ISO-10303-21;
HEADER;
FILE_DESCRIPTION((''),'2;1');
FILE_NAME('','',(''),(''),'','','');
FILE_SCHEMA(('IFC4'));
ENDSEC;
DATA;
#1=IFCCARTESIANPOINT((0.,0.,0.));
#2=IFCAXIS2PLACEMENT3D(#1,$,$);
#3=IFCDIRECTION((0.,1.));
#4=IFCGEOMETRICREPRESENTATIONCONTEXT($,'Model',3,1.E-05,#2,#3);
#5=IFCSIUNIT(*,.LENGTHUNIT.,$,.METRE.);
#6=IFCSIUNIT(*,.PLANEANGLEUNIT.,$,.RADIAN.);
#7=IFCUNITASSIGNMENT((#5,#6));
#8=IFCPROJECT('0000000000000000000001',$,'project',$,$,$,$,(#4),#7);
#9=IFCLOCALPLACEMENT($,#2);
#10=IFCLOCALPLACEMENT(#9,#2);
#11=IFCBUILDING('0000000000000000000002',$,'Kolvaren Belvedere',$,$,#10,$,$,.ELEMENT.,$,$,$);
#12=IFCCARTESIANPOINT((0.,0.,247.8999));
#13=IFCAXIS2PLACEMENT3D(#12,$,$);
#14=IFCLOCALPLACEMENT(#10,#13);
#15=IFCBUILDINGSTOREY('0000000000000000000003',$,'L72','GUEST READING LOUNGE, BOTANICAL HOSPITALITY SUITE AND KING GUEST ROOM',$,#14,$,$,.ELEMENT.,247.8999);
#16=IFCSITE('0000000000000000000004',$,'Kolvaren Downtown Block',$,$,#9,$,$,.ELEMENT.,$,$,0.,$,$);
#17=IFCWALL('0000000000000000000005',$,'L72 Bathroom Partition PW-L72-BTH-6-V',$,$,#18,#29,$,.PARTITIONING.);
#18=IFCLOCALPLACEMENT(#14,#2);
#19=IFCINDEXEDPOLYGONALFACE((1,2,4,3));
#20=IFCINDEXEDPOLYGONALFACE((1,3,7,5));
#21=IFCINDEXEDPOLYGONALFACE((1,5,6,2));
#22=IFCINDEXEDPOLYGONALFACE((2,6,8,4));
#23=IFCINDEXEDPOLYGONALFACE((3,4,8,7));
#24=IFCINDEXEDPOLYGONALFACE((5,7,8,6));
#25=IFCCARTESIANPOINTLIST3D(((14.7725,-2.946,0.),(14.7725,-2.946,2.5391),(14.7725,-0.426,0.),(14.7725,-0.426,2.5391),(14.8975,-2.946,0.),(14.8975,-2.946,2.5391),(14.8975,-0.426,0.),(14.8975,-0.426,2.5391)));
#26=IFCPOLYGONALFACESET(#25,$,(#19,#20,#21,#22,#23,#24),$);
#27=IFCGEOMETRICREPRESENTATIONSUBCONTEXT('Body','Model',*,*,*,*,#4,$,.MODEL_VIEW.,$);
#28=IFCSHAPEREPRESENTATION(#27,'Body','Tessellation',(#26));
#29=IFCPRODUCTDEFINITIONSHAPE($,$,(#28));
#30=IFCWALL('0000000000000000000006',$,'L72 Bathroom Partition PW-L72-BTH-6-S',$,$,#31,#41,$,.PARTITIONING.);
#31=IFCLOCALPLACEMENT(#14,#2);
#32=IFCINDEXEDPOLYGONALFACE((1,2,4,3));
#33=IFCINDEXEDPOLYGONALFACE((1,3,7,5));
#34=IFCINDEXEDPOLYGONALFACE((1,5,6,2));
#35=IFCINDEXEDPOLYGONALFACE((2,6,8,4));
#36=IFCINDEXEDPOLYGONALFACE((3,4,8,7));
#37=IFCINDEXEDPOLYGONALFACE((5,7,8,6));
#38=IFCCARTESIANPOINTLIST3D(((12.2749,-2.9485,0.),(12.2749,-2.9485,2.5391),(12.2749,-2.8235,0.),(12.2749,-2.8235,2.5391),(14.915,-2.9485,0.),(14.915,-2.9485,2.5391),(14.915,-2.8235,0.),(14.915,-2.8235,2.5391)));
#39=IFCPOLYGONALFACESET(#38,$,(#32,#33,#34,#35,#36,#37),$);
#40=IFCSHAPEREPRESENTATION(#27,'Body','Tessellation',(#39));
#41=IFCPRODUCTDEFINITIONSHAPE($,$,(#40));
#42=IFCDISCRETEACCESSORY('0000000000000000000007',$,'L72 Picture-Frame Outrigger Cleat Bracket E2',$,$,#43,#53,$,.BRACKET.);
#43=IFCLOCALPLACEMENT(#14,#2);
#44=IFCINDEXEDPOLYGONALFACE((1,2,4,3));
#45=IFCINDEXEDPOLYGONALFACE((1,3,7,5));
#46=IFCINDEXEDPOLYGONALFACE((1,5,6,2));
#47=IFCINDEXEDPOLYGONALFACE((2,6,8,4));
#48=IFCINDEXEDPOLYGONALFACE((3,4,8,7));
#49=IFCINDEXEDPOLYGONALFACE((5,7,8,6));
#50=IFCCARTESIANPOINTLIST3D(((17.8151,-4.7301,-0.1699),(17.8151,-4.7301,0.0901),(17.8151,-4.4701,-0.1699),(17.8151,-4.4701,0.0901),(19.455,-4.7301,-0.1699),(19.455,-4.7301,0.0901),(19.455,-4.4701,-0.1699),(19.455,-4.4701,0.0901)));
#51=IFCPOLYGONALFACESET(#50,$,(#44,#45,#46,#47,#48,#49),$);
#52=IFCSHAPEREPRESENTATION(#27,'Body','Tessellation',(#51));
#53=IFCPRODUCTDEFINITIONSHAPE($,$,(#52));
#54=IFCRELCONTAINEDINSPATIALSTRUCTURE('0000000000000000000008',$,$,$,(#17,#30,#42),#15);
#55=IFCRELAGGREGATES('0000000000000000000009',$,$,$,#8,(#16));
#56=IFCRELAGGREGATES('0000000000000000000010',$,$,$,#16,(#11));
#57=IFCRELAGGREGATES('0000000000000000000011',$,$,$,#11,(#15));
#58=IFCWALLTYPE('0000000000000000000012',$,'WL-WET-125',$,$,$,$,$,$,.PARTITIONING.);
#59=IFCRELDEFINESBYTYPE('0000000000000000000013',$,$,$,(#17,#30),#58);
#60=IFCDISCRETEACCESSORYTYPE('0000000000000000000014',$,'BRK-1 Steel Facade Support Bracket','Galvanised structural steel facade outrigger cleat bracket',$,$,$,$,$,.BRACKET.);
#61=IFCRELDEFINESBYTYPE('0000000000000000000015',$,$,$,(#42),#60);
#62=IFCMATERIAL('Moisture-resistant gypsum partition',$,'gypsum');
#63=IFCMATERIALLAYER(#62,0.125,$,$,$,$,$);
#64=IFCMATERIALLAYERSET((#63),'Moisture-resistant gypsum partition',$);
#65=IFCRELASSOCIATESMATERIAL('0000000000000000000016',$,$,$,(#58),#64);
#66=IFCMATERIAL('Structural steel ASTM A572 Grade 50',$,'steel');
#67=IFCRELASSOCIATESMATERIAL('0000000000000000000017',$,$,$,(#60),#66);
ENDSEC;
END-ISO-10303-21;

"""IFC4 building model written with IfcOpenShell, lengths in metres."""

from ifc_helpers import new_model, si_unit, direction, frame, frame_2d, origin, origin_2d, place, context, subcontext, project, spatial, rectangle, extrude, material, layer, layer_set, type_object, element, save


model = new_model("IFC4")

# Units and contexts
model_context = context("Model", 3, precision=1e-05, world=origin(), true_north=direction((0.0, 1.0)))
body_context = subcontext(model_context, "Body", "Model", "MODEL_VIEW")
ifc_project = project(units=[si_unit("LENGTHUNIT", "METRE"), si_unit("PLANEANGLEUNIT", "RADIAN")], contexts=[model_context])

# Site, building, storey
site_placement = place(None, origin())
site = spatial("IfcSite", under=ifc_project, at=site_placement, Name="Kolvaren Downtown Block", CompositionType="ELEMENT", RefElevation=0.0)
building_placement = place(site_placement, origin())
building = spatial("IfcBuilding", under=site, at=building_placement, Name="Kolvaren Belvedere", CompositionType="ELEMENT")
storey_placement = place(building_placement, frame((0.0, 0.0, 247.8999)))
storey = spatial("IfcBuildingStorey", under=building, at=storey_placement, Name="L72", Description="GUEST READING LOUNGE, BOTANICAL HOSPITALITY SUITE AND KING GUEST ROOM", CompositionType="ELEMENT", Elevation=247.8999)

# Shared definitions
ifc_material_1 = material(Name="Moisture-resistant gypsum partition", Category="gypsum")
ifc_layer_1 = layer(ifc_material_1, 0.125)
ifc_layer_set_1 = layer_set([ifc_layer_1], Name="Moisture-resistant gypsum partition")
wall_type_1 = type_object("IfcWallType", Name="WL-WET-125", PredefinedType="PARTITIONING", material=ifc_layer_set_1)

# Walls
wall_1_placement = place(storey_placement, frame((14.835, -2.946, 0.0), z_axis=(0.0, 0.0, 1.0), x_axis=(0.0, 1.0, 0.0)))
element("IfcWall", 1, at=wall_1_placement, inside=storey, type_object=wall_type_1, Name="L72 Bathroom Partition PW-L72-BTH-6-V", PredefinedType="PARTITIONING", context=body_context, shape_type="SweptSolid", body=[
    extrude(rectangle(XDim=2.52, YDim=0.125, at=frame_2d((1.26, 0.0))), origin(), (0.0, 0.0, 1.0), 2.5391),
])
wall_2_placement = place(storey_placement, frame((12.2749, -2.886, 0.0), z_axis=(0.0, 0.0, 1.0), x_axis=(1.0, 0.0, 0.0)))
element("IfcWall", 2, at=wall_2_placement, inside=storey, type_object=wall_type_1, Name="L72 Bathroom Partition PW-L72-BTH-6-S", PredefinedType="PARTITIONING", context=body_context, shape_type="SweptSolid", body=[
    extrude(rectangle(XDim=2.6401, YDim=0.125, at=frame_2d((1.3201, 0.0))), origin(), (0.0, 0.0, 1.0), 2.5391),
])

# Discrete accessory
ifc_material_2 = material(Name="Structural steel ASTM A572 Grade 50", Category="steel")
discrete_accessory_type = type_object("IfcDiscreteAccessoryType", Name="BRK-1 Steel Facade Support Bracket", Description="Galvanised structural steel facade outrigger cleat bracket", PredefinedType="BRACKET", material=ifc_material_2)
discrete_accessory_placement = place(storey_placement, frame((18.635, -4.6001, -0.1699), z_axis=(0.0, 0.0, 1.0), x_axis=(1.0, 0.0, 0.0)))
element("IfcDiscreteAccessory", 3, at=discrete_accessory_placement, inside=storey, type_object=discrete_accessory_type, Name="L72 Picture-Frame Outrigger Cleat Bracket E2", PredefinedType="BRACKET", context=body_context, shape_type="SweptSolid", body=[
    extrude(rectangle(XDim=1.6399, YDim=0.26, at=origin_2d()), origin(), (0.0, 0.0, 1.0), 0.26),
])

save(model, "model.ifc")
